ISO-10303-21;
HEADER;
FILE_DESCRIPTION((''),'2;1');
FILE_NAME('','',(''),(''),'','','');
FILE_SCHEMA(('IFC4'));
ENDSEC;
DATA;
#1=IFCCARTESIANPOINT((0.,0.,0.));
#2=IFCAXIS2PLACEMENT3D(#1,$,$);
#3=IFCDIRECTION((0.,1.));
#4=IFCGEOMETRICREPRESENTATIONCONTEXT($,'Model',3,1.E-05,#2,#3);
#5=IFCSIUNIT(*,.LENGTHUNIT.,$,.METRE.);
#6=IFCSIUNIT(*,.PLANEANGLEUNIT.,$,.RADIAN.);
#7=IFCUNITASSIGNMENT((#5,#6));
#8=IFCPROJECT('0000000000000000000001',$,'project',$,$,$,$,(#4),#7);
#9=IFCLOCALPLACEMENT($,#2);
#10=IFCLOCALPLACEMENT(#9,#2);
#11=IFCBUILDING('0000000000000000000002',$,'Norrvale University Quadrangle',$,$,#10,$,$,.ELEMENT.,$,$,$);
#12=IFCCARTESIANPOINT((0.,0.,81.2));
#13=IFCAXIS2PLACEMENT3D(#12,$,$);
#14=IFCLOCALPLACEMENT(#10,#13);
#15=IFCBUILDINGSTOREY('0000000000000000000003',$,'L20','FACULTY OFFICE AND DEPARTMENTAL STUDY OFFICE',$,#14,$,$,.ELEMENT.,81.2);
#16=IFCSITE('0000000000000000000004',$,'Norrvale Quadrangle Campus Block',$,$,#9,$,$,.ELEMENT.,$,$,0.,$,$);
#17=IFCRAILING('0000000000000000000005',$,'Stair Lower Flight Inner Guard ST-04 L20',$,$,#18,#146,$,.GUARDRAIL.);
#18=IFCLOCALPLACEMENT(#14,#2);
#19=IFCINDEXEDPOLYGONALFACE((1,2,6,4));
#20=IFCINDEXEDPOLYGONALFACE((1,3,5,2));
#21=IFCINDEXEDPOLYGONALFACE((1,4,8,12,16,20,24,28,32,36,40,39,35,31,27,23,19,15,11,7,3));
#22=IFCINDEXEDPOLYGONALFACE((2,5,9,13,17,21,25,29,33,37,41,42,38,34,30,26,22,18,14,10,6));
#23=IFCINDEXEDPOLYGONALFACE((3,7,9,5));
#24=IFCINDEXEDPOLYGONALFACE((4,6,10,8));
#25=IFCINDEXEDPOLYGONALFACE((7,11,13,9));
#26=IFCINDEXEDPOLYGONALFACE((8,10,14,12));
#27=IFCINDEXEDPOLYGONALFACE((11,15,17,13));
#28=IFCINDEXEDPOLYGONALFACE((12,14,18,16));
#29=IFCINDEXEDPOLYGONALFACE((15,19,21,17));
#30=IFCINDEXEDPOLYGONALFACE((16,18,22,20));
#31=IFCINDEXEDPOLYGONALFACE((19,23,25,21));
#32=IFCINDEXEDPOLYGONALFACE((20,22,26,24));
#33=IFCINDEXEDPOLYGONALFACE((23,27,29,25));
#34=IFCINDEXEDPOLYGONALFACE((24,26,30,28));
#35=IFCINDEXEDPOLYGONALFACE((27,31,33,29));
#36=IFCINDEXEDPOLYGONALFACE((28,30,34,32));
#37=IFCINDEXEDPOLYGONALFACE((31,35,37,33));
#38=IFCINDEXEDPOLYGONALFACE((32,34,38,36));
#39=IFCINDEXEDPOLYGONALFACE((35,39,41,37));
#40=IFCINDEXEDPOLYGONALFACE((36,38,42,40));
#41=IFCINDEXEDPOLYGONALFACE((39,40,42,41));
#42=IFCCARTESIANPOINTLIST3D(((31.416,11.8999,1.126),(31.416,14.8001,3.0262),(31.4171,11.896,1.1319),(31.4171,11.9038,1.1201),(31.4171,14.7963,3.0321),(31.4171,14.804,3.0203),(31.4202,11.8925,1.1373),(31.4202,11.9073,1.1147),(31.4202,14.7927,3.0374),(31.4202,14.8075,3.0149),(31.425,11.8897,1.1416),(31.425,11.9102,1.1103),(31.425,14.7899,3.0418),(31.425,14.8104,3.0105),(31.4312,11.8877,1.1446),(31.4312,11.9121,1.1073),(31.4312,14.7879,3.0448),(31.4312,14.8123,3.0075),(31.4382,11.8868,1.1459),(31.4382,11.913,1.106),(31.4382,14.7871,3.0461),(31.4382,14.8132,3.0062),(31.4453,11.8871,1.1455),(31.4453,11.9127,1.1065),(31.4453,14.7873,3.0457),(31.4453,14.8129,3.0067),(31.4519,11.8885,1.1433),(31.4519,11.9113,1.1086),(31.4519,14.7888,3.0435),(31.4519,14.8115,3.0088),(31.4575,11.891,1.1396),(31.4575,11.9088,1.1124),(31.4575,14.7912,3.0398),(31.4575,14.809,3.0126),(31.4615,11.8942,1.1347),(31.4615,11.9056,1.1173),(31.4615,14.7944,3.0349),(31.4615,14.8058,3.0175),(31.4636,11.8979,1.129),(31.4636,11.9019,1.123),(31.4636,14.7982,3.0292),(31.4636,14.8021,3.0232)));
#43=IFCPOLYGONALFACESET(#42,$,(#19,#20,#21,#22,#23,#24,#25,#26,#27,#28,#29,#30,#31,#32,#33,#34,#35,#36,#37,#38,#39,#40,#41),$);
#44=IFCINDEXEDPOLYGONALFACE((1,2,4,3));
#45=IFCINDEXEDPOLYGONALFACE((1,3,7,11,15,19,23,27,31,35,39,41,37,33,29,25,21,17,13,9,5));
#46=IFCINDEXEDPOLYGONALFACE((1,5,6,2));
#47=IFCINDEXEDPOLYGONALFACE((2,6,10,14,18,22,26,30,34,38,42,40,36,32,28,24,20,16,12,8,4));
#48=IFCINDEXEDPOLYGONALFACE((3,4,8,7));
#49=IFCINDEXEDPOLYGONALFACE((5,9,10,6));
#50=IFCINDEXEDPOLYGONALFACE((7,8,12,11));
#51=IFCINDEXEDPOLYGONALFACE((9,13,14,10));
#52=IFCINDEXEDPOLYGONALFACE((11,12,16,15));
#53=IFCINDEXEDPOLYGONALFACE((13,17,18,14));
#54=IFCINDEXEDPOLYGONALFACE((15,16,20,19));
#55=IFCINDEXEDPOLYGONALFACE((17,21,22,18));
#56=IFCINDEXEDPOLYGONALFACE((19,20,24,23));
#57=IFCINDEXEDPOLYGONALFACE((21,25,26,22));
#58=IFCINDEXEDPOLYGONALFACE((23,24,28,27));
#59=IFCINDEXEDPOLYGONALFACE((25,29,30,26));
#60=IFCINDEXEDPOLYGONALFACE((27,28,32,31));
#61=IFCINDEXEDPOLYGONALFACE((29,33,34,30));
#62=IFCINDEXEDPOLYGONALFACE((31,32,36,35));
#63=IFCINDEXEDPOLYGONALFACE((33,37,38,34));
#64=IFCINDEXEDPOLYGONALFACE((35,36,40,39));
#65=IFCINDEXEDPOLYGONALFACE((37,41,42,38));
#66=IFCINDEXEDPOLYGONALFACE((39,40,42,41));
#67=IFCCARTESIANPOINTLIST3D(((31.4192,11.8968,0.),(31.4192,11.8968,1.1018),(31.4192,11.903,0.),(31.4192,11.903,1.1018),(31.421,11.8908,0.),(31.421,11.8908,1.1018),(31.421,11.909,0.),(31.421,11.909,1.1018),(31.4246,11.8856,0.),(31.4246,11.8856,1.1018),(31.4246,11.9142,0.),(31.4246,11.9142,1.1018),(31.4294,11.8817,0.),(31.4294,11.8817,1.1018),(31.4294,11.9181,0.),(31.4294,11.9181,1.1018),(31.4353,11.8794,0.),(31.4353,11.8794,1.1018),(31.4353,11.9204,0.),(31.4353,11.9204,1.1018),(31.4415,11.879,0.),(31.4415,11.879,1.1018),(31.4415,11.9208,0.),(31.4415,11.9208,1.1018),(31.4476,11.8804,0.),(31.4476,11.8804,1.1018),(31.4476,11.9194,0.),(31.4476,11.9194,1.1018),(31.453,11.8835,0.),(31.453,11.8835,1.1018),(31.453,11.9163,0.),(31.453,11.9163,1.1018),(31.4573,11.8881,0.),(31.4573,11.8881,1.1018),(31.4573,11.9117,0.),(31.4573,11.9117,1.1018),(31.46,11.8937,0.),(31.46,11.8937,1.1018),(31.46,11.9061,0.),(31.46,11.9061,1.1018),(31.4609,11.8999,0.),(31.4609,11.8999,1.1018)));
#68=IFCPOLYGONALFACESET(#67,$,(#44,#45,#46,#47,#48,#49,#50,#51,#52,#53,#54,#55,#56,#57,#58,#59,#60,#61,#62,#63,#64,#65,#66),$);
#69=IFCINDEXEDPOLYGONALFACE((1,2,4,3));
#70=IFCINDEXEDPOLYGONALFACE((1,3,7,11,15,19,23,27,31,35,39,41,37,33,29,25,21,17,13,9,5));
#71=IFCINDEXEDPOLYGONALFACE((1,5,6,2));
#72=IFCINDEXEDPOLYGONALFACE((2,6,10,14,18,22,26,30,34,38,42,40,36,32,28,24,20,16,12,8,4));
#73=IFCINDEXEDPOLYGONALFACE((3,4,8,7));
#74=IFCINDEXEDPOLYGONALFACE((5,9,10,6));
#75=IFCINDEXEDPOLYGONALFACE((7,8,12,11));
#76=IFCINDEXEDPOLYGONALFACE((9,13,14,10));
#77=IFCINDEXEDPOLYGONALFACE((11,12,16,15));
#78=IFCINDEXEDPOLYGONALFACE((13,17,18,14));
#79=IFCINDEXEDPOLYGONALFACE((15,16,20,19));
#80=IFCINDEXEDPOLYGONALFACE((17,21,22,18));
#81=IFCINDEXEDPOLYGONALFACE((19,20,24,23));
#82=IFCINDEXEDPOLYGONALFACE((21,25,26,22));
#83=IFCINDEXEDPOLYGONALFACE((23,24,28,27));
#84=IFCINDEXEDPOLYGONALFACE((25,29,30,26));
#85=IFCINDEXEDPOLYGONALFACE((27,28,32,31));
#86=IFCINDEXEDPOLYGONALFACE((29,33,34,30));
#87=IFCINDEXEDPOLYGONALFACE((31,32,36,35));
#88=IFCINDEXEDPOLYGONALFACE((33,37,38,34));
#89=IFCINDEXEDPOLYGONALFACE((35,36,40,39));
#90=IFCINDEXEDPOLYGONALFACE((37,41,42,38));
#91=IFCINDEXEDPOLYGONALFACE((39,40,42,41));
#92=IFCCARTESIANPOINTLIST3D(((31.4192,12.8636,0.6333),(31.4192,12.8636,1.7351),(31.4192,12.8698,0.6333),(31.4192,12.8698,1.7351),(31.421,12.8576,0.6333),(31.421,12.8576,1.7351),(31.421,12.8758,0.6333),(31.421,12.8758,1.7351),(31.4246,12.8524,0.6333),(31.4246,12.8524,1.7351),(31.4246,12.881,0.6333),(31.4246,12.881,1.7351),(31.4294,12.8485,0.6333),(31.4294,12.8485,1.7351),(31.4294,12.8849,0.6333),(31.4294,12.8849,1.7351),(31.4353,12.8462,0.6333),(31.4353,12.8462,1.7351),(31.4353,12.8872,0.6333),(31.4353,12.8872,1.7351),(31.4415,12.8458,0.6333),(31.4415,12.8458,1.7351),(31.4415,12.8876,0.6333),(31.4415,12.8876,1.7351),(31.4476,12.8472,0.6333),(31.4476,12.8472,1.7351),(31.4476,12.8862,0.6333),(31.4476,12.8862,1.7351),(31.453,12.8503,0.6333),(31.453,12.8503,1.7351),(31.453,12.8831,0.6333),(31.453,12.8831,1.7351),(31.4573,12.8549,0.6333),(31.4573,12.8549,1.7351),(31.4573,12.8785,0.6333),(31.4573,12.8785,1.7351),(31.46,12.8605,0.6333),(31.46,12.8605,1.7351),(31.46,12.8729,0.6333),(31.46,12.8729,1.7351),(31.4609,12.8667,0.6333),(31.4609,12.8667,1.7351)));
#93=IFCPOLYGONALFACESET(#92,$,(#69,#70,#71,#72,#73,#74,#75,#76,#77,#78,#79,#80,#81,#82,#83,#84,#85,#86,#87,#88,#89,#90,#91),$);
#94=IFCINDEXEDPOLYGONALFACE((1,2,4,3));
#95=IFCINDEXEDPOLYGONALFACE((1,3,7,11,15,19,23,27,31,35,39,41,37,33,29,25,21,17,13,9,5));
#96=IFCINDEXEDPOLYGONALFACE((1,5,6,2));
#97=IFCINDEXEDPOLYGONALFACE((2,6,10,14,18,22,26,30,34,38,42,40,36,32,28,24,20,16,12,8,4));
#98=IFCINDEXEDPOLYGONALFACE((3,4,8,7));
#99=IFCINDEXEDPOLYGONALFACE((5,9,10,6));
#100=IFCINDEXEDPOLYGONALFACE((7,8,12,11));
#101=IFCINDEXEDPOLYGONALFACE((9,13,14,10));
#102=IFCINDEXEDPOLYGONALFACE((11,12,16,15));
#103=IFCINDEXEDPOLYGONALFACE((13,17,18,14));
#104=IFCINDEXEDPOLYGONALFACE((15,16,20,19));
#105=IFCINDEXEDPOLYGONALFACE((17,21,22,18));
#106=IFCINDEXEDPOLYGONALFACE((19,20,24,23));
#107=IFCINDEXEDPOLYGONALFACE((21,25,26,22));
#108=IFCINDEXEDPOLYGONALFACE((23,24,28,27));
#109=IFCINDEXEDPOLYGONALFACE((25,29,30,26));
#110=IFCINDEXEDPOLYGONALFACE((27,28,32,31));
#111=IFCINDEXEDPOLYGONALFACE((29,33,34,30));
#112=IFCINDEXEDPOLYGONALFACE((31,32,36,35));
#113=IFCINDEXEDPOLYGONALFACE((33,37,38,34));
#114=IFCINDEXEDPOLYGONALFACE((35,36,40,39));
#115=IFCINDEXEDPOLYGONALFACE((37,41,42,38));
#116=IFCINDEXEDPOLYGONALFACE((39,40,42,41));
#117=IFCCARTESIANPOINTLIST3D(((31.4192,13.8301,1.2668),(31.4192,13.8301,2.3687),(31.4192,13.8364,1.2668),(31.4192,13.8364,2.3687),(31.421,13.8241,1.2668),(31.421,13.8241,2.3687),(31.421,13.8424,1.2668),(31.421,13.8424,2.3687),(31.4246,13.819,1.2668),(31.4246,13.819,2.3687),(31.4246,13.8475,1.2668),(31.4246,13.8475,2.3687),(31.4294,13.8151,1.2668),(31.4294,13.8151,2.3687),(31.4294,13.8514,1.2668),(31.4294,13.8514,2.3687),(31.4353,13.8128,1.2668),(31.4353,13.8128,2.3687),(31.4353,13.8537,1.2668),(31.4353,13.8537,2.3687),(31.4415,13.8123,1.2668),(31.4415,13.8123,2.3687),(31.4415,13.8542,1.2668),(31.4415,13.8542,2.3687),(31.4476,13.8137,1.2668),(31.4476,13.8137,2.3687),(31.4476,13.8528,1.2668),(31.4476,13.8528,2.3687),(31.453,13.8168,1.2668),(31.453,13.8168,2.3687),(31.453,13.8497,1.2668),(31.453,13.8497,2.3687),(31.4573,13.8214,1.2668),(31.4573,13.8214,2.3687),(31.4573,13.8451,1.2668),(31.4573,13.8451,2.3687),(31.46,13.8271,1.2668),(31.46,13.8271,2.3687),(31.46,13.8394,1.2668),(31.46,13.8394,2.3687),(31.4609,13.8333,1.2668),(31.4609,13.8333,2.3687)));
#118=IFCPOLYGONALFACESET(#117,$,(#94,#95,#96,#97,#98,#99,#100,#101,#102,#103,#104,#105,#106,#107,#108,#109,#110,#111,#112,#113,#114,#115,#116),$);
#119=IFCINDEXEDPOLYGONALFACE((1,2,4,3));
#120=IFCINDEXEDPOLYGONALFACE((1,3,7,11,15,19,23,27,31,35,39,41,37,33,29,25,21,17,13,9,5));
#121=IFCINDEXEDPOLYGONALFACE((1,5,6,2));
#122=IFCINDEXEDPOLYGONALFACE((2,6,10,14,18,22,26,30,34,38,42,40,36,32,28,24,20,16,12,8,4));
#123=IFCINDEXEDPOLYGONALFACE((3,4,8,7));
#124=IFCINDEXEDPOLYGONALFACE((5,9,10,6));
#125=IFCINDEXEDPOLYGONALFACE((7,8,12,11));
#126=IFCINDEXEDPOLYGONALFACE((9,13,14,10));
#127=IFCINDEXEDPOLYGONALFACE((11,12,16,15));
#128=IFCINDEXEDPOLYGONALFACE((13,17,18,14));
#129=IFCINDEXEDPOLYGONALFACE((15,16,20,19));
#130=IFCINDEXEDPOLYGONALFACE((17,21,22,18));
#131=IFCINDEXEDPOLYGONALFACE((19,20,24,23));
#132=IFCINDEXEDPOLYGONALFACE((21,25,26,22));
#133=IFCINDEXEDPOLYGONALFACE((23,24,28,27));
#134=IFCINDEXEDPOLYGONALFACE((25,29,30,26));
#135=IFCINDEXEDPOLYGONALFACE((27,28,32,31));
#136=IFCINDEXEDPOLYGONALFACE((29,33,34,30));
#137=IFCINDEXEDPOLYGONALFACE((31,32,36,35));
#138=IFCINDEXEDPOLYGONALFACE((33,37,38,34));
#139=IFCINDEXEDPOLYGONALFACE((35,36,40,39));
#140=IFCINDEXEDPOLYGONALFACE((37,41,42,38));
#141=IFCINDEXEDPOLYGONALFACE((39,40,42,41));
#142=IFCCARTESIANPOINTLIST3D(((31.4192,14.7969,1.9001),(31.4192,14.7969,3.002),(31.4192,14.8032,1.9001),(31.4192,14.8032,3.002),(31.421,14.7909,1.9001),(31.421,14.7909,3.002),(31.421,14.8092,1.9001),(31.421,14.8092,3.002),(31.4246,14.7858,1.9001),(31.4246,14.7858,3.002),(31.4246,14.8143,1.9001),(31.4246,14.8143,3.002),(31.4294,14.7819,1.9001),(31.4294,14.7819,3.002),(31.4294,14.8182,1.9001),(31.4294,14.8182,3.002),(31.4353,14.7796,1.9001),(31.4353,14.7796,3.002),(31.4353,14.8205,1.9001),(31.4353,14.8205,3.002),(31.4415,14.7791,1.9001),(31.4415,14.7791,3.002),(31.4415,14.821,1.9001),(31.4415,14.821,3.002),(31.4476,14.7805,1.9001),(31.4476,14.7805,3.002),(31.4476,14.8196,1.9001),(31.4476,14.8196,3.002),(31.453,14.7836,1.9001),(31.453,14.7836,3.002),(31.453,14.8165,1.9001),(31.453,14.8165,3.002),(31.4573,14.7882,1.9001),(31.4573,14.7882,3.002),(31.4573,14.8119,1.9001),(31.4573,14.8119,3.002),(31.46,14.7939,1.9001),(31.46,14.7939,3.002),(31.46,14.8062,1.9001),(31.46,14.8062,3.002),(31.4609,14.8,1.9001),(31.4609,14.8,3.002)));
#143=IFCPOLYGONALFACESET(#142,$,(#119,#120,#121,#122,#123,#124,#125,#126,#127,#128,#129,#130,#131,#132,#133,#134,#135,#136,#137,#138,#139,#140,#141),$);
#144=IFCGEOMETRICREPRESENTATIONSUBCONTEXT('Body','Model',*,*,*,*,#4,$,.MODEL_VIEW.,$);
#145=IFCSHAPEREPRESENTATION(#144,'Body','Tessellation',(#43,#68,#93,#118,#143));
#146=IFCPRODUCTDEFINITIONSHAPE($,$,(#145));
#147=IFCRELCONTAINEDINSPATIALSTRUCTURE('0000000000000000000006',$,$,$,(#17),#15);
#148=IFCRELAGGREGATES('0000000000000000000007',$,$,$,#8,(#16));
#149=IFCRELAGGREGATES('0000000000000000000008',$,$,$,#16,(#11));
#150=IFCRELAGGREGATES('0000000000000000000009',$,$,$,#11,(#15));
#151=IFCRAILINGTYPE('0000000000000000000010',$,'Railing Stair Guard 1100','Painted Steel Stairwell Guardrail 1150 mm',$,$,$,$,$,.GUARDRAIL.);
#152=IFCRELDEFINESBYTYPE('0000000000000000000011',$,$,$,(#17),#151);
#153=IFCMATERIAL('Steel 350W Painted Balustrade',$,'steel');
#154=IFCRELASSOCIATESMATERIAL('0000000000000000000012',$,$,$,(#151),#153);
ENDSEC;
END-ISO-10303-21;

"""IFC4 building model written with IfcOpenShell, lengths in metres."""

from ifc_helpers import new_model, si_unit, direction, frame, origin, origin_2d, place, context, subcontext, project, spatial, circle, extrude, material, type_object, element, save


model = new_model("IFC4")

# Units and contexts
model_context = context("Model", 3, precision=1e-05, world=origin(), true_north=direction((0.0, 1.0)))
body_context = subcontext(model_context, "Body", "Model", "MODEL_VIEW")
ifc_project = project(units=[si_unit("LENGTHUNIT", "METRE"), si_unit("PLANEANGLEUNIT", "RADIAN")], contexts=[model_context])

# Site, building, storey
site_placement = place(None, origin())
site = spatial("IfcSite", under=ifc_project, at=site_placement, Name="Norrvale Quadrangle Campus Block", CompositionType="ELEMENT", RefElevation=0.0)
building_placement = place(site_placement, origin())
building = spatial("IfcBuilding", under=site, at=building_placement, Name="Norrvale University Quadrangle", CompositionType="ELEMENT")
storey_placement = place(building_placement, frame((0.0, 0.0, 81.2)))
storey = spatial("IfcBuildingStorey", under=building, at=storey_placement, Name="L20", Description="FACULTY OFFICE AND DEPARTMENTAL STUDY OFFICE", CompositionType="ELEMENT", Elevation=81.2)

# Railing
ifc_material_1 = material(Name="Steel 350W Painted Balustrade", Category="steel")
railing_type_1 = type_object("IfcRailingType", Name="Railing Stair Guard 1100", Description="Painted Steel Stairwell Guardrail 1150 mm", PredefinedType="GUARDRAIL", material=ifc_material_1)
railing_1_placement = place(storey_placement, frame((31.4399, 11.8999, 0.0)))
element("IfcRailing", 1, at=railing_1_placement, inside=storey, type_object=railing_type_1, Name="Stair Lower Flight Inner Guard ST-04 L20", PredefinedType="GUARDRAIL", context=body_context, shape_type="SweptSolid", body=[
    extrude(circle(Radius=0.0239, at=origin_2d()), frame((0.0, 0.0, 1.126), z_axis=(0.0, 0.836454, 0.548036), x_axis=(-1.0, 0.0, 0.0)), (0.0, 0.0, 1.0), 3.4673),
    extrude(circle(Radius=0.021, at=origin_2d()), origin(), (0.0, 0.0, 1.0), 1.1018),
    extrude(circle(Radius=0.021, at=origin_2d()), frame((0.0, 0.9668, 0.6333)), (0.0, 0.0, 1.0), 1.1018),
    extrude(circle(Radius=0.021, at=origin_2d()), frame((0.0, 1.9333, 1.2668)), (0.0, 0.0, 1.0), 1.1018),
    extrude(circle(Radius=0.021, at=origin_2d()), frame((0.0, 2.9001, 1.9001)), (0.0, 0.0, 1.0), 1.1018),
])

save(model, "model.ifc")
